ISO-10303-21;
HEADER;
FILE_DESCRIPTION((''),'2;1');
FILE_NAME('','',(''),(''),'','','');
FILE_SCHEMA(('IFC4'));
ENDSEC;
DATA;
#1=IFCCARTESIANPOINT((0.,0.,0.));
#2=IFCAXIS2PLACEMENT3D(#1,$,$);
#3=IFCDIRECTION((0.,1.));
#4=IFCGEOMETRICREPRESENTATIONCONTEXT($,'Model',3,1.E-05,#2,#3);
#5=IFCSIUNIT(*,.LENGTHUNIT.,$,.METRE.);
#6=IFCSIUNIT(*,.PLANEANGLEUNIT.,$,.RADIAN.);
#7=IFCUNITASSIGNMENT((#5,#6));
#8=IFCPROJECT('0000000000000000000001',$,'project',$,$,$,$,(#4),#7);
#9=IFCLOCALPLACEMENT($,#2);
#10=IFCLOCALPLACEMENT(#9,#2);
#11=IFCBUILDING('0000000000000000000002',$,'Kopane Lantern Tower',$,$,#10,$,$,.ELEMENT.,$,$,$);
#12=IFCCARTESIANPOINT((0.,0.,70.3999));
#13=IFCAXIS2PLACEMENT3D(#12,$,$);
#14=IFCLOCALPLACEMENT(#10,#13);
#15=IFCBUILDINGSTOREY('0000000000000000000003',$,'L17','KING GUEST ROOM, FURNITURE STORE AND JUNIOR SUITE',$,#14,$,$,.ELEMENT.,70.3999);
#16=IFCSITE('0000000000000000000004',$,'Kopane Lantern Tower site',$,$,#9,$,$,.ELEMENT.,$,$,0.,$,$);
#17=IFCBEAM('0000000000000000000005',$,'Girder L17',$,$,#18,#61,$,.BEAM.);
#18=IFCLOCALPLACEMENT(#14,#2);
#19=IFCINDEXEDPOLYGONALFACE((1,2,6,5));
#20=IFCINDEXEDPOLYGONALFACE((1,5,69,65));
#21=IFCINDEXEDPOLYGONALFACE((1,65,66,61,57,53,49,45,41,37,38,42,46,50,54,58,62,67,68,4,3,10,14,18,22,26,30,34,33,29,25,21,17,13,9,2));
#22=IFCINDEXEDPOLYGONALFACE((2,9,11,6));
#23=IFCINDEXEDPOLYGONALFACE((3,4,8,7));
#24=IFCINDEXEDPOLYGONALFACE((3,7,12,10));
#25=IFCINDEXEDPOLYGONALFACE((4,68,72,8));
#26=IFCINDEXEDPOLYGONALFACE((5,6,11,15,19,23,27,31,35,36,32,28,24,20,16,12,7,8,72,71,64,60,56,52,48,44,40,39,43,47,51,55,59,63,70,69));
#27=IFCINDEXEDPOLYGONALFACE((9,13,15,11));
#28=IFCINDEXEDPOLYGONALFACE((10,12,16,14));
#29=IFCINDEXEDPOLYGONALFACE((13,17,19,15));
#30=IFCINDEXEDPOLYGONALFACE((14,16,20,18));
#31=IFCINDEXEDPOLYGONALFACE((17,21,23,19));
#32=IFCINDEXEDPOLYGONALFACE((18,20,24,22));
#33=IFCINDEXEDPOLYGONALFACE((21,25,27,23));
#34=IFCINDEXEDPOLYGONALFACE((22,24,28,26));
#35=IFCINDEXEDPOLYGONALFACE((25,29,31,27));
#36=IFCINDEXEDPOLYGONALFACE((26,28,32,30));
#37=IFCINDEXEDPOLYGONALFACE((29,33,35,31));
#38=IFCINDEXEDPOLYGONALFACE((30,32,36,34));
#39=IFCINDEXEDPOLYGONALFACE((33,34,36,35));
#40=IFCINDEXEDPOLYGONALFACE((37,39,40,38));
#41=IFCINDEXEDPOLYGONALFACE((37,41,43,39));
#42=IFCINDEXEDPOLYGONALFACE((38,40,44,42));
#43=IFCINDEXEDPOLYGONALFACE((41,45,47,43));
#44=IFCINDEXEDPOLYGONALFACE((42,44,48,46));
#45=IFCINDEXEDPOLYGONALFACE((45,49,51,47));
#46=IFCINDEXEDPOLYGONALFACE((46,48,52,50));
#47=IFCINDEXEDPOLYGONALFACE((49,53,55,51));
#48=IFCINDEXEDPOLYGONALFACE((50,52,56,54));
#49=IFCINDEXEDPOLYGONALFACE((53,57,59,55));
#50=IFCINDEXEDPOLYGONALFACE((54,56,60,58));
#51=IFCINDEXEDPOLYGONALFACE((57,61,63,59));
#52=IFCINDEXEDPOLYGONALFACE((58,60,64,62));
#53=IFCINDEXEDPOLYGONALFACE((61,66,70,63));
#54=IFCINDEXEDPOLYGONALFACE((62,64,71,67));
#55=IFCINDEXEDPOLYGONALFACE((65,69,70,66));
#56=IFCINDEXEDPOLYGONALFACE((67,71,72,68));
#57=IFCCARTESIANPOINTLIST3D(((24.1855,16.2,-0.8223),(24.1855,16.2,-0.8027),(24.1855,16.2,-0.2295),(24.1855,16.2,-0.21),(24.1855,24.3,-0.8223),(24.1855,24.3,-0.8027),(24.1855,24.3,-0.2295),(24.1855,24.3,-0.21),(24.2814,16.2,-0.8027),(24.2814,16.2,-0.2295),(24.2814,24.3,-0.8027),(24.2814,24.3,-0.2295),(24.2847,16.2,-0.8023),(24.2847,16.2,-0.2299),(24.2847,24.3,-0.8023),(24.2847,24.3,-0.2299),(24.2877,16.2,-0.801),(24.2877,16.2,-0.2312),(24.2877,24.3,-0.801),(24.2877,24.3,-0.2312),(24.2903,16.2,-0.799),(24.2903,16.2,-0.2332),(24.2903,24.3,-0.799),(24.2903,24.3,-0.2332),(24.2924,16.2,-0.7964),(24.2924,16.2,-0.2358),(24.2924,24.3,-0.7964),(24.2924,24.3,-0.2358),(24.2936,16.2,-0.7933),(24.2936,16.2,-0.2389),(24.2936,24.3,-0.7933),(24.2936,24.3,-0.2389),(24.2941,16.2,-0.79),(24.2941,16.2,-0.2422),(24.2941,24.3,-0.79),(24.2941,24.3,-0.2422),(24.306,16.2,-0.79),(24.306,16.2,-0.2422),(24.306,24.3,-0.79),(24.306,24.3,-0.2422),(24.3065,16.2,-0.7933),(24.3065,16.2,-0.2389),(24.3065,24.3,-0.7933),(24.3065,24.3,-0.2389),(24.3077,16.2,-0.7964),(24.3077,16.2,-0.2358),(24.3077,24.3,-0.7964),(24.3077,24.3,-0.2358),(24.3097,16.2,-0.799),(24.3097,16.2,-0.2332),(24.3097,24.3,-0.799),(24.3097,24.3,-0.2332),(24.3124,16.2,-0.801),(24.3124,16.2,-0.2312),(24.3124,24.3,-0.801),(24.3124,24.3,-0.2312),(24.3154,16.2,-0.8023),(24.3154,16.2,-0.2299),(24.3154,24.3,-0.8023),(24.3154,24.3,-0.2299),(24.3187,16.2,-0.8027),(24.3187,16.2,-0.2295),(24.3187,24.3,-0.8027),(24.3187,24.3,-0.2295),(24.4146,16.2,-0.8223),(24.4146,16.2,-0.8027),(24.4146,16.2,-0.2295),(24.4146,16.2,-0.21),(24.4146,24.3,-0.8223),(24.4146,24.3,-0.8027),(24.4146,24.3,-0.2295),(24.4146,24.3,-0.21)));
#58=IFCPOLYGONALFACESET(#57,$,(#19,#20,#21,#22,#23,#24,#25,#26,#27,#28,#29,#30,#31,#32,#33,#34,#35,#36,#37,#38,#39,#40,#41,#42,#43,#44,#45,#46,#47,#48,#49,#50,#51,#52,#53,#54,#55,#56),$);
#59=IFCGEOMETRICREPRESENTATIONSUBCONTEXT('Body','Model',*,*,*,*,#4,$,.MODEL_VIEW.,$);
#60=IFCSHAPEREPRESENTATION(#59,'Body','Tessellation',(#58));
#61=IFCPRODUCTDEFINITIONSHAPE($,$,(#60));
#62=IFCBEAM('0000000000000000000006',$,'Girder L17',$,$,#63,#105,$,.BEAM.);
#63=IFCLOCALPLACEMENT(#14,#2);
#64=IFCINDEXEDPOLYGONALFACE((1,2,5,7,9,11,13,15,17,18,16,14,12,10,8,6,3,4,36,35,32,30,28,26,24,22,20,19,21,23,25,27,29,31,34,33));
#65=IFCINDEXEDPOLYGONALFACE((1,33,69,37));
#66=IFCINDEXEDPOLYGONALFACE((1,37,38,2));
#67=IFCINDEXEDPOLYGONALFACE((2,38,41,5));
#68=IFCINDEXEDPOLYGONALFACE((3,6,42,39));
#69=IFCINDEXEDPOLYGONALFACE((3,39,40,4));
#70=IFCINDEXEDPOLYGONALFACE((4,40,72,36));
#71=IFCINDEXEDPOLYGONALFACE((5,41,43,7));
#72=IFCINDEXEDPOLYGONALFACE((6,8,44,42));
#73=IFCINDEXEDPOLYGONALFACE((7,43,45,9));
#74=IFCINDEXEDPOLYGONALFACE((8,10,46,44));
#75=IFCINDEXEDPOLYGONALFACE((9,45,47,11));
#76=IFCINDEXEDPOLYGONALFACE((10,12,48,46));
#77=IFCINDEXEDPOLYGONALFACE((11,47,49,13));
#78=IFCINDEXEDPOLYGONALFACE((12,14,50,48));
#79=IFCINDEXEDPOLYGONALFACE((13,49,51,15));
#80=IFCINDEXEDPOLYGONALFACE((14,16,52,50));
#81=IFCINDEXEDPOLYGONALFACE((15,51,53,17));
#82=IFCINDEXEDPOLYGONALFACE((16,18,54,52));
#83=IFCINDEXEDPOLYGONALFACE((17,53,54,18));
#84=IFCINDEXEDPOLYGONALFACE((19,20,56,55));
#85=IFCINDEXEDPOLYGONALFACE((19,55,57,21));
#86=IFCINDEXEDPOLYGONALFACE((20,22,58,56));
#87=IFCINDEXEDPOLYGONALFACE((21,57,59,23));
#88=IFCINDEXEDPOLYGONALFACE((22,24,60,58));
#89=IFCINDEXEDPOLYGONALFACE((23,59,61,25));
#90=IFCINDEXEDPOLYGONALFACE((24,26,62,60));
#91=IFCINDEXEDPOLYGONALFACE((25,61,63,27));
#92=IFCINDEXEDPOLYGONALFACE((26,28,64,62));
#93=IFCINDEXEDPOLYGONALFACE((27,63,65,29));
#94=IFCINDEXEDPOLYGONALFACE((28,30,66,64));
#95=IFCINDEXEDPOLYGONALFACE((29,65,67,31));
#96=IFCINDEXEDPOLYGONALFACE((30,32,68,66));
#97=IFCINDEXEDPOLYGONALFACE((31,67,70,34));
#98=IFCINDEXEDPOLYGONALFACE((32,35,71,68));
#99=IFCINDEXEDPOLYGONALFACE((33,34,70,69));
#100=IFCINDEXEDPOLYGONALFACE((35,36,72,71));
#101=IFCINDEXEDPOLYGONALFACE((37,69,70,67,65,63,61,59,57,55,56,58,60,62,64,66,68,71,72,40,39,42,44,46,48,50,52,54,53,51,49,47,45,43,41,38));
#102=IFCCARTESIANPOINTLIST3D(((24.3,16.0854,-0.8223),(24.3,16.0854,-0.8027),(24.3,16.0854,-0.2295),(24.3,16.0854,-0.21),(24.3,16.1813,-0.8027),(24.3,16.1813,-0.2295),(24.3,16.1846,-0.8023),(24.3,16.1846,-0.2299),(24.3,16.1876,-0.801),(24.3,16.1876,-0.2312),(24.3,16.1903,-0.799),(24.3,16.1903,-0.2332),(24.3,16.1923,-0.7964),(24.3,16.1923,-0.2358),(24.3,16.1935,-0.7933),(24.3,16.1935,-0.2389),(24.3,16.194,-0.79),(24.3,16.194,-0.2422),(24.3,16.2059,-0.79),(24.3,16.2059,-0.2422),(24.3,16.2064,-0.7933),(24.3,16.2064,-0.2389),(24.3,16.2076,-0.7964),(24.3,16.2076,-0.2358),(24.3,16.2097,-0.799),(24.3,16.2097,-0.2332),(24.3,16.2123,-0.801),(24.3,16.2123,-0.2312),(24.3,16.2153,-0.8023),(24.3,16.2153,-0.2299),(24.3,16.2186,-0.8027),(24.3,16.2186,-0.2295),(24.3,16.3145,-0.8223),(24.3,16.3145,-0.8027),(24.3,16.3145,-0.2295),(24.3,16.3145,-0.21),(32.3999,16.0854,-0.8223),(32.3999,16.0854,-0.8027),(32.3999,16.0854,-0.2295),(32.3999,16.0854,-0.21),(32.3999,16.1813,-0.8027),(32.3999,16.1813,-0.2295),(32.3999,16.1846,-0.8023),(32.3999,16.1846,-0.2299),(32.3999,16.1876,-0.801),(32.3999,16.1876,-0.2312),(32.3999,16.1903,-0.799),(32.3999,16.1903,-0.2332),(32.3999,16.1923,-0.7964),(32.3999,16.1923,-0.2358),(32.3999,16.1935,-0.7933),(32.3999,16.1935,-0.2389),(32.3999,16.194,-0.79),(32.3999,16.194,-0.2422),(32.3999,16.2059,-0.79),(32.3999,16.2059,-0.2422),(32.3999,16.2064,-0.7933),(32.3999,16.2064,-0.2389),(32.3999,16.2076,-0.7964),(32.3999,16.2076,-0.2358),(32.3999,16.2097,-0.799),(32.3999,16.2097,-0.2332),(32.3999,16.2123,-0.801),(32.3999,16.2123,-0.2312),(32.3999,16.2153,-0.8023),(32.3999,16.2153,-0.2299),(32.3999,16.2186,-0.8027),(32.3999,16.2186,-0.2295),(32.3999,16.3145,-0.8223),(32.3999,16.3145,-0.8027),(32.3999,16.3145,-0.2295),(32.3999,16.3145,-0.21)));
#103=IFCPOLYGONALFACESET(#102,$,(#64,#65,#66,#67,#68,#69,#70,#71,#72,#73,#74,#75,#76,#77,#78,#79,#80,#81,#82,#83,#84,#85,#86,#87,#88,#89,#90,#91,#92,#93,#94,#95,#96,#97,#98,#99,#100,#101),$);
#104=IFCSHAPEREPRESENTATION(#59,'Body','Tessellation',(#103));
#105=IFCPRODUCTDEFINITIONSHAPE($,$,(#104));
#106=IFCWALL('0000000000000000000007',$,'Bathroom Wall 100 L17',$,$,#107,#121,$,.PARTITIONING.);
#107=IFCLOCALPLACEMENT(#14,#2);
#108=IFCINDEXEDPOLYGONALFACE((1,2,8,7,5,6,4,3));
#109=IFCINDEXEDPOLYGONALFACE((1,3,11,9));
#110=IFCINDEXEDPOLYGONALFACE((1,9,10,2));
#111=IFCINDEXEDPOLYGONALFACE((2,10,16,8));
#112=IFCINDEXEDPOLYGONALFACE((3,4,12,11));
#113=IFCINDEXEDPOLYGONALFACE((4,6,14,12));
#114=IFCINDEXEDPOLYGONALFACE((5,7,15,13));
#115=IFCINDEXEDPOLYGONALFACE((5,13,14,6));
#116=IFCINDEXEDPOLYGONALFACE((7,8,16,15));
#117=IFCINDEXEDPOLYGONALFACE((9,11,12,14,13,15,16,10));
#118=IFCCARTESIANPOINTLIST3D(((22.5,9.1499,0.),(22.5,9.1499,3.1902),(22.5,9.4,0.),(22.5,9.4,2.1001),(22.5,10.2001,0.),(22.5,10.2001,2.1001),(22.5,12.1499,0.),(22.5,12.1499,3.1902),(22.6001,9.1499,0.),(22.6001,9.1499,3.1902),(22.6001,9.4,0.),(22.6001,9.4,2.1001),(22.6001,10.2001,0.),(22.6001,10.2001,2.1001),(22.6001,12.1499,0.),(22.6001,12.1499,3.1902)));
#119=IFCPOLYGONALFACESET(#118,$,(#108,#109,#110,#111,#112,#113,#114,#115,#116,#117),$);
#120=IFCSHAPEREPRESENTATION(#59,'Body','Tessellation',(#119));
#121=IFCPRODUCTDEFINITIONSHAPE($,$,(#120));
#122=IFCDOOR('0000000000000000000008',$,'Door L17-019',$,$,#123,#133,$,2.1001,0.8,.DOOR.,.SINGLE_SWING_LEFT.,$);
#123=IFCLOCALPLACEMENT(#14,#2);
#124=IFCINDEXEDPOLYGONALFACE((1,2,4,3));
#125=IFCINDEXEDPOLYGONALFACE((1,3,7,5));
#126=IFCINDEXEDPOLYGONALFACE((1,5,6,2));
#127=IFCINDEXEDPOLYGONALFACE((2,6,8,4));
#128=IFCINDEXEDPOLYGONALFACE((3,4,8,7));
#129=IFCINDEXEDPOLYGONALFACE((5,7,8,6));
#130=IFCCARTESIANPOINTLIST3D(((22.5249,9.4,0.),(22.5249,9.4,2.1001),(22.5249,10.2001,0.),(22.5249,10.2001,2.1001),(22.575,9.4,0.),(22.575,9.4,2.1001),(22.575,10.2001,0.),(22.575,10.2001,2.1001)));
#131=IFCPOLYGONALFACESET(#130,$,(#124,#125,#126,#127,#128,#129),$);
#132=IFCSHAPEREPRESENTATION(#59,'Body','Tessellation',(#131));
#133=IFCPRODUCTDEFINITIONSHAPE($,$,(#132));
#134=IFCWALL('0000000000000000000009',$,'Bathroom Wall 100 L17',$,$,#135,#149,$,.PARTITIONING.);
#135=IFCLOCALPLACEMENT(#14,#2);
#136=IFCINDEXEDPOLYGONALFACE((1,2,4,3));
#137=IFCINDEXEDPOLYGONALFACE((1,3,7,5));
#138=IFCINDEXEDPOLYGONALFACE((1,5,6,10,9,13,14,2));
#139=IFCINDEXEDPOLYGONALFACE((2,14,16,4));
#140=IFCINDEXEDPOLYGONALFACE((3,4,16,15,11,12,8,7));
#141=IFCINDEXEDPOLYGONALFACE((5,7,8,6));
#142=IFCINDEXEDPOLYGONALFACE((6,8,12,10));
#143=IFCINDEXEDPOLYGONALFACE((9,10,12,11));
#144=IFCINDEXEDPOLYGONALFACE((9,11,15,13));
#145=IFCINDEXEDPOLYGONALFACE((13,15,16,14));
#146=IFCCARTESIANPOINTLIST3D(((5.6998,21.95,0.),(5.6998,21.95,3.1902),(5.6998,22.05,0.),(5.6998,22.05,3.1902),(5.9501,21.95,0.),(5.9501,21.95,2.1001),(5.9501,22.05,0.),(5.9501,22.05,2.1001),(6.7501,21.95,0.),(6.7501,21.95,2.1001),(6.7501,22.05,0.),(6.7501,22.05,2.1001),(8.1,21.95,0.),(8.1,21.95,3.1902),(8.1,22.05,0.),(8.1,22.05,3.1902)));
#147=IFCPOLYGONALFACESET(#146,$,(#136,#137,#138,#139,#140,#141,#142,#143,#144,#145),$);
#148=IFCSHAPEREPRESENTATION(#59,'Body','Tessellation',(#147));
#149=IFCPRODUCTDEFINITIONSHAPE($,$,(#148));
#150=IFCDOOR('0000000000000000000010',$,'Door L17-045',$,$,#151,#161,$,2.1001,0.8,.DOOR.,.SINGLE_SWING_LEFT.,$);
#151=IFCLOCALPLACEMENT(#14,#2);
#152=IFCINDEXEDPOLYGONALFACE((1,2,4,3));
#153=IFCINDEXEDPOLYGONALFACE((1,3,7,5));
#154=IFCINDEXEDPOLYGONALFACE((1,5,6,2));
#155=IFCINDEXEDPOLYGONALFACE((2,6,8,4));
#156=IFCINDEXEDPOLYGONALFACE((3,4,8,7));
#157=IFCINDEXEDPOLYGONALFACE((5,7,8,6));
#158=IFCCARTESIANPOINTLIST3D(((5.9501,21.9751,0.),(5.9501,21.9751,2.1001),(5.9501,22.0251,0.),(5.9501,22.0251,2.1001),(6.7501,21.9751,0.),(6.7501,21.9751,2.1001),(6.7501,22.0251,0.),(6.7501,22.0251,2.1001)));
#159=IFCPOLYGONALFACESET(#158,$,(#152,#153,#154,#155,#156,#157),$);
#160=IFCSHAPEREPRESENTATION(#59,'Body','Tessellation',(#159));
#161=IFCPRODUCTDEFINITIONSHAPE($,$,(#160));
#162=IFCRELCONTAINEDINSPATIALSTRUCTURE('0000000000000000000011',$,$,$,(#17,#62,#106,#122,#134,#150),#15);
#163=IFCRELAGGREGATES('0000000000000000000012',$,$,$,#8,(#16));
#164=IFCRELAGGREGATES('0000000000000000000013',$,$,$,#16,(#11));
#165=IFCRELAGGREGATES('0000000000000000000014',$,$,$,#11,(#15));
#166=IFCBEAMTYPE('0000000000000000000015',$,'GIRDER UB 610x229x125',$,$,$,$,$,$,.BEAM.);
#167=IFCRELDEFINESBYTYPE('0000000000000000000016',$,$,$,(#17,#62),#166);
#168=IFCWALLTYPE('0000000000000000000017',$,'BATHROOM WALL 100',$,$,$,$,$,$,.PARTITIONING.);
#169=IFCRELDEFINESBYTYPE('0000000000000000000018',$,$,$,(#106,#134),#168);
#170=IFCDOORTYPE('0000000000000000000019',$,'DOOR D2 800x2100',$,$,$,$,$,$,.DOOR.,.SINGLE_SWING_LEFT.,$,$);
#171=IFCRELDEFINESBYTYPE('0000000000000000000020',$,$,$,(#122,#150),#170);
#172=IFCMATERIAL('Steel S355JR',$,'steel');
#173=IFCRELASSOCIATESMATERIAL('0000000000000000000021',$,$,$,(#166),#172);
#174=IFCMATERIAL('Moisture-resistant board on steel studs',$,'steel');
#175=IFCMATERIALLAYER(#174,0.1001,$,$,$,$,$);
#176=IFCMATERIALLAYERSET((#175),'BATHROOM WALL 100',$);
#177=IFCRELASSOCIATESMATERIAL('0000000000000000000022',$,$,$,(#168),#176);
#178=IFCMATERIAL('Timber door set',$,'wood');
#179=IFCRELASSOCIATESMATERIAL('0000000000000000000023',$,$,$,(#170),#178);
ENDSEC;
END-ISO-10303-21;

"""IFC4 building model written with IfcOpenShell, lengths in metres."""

from ifc_helpers import new_model, si_unit, direction, frame, frame_2d, origin, origin_2d, place, context, subcontext, project, spatial, rectangle, i_section, extrude, material, layer, layer_set, material_profile, profile_set, type_object, element, fill, save


model = new_model("IFC4")

# Units and contexts
model_context = context("Model", 3, precision=1e-05, world=origin(), true_north=direction((0.0, 1.0)))
body_context = subcontext(model_context, "Body", "Model", "MODEL_VIEW")
ifc_project = project(units=[si_unit("LENGTHUNIT", "METRE"), si_unit("PLANEANGLEUNIT", "RADIAN")], contexts=[model_context])

# Site, building, storey
site_placement = place(None, origin())
site = spatial("IfcSite", under=ifc_project, at=site_placement, Name="Kopane Lantern Tower site", CompositionType="ELEMENT", RefElevation=0.0)
building_placement = place(site_placement, origin())
building = spatial("IfcBuilding", under=site, at=building_placement, Name="Kopane Lantern Tower", CompositionType="ELEMENT")
storey_placement = place(building_placement, frame((0.0, 0.0, 70.3999)))
storey = spatial("IfcBuildingStorey", under=building, at=storey_placement, Name="L17", Description="KING GUEST ROOM, FURNITURE STORE AND JUNIOR SUITE", CompositionType="ELEMENT", Elevation=70.3999)

# Beams
ifc_material_1 = material(Name="Steel S355JR", Category="steel")
ifc_material_profile_1 = material_profile(ifc_material_1, i_section(OverallWidth=0.229, OverallDepth=0.6123, WebThickness=0.012, FlangeThickness=0.0195, FilletRadius=0.0127, at=origin_2d()), Name="UB 610x229x125")
ifc_profile_set_1 = profile_set([ifc_material_profile_1], Name="Steel S355JR")
beam_type = type_object("IfcBeamType", Name="GIRDER UB 610x229x125", PredefinedType="BEAM", material=ifc_profile_set_1)
for number, where, z_axis, x_axis, name in (
    (1, (24.3, 16.2, -0.5161), (0.0, 1.0, 0.0), (-1.0, 0.0, 0.0), "Girder L17"),
):
    element("IfcBeam", number, at=place(storey_placement, frame(where, z_axis=z_axis, x_axis=x_axis)), inside=storey, type_object=beam_type, Name=name, PredefinedType="BEAM", context=body_context, shape_type="SweptSolid", body=[
        extrude(i_section(OverallWidth=0.229, OverallDepth=0.6123, WebThickness=0.012, FlangeThickness=0.0195, FilletRadius=0.0127, at=origin_2d()), origin(), (0.0, 0.0, 1.0), 8.1001),
    ])
beam_1_placement = place(storey_placement, frame((24.3, 16.2, -0.5161), z_axis=(1.0, 0.0, 0.0), x_axis=(0.0, 1.0, 0.0)))
element("IfcBeam", 2, at=beam_1_placement, inside=storey, type_object=beam_type, Name="Girder L17", PredefinedType="BEAM", context=body_context, shape_type="SweptSolid", body=[
    extrude(i_section(OverallWidth=0.229, OverallDepth=0.6123, WebThickness=0.012, FlangeThickness=0.0195, FilletRadius=0.0127, at=origin_2d()), origin(), (0.0, 0.0, 1.0), 8.0999),
])

# Walls, openings, doors
ifc_material_2 = material(Name="Moisture-resistant board on steel studs", Category="steel")
ifc_layer_1 = layer(ifc_material_2, 0.1001)
ifc_layer_set_1 = layer_set([ifc_layer_1], Name="BATHROOM WALL 100")
wall_type_1 = type_object("IfcWallType", Name="BATHROOM WALL 100", PredefinedType="PARTITIONING", material=ifc_layer_set_1)
wall_1_placement = place(storey_placement, frame((22.55, 12.1499, 0.0), z_axis=(0.0, 0.0, 1.0), x_axis=(0.0, -1.0, 0.0)))
wall_1 = element("IfcWall", 3, at=wall_1_placement, inside=storey, type_object=wall_type_1, Name="Bathroom Wall 100 L17", PredefinedType="PARTITIONING", context=body_context, shape_type="SweptSolid", body=[
    extrude(rectangle(XDim=3.0, YDim=0.1001, at=frame_2d((1.5, 0.0))), origin(), (0.0, 0.0, 1.0), 3.1902),
])
opening_1_placement = place(wall_1_placement, frame((1.95, 0.0, 0.0)))
opening_1 = element("IfcOpeningElement", 4, at=opening_1_placement, cuts=wall_1, PredefinedType="OPENING", context=body_context, shape_type="SweptSolid", body=[
    extrude(rectangle(XDim=0.8, YDim=2.1001, at=frame_2d((0.3999, 1.05))), frame((0.0, 0.0601, 0.0), z_axis=(0.0, -1.0, 0.0), x_axis=(1.0, 0.0, 0.0)), (0.0, 0.0, 1.0), 0.1201),
])
ifc_material_3 = material(Name="Timber door set", Category="wood")
door_type_1 = type_object("IfcDoorType", Name="DOOR D2 800x2100", OperationType="SINGLE_SWING_LEFT", PredefinedType="DOOR", material=ifc_material_3)
door_1_placement = place(opening_1_placement, origin())
door_1 = element("IfcDoor", 5, at=door_1_placement, inside=storey, type_object=door_type_1, Name="Door L17-019", OperationType="SINGLE_SWING_LEFT", OverallHeight=2.1001, OverallWidth=0.8, PredefinedType="DOOR", context=body_context, shape_type="SweptSolid", body=[
    extrude(rectangle(XDim=0.8, YDim=2.1001, at=frame_2d((0.3999, 1.05))), frame((0.0, 0.0249, 0.0), z_axis=(0.0, -1.0, 0.0), x_axis=(1.0, 0.0, 0.0)), (0.0, 0.0, 1.0), 0.05),
])
fill(opening_1, door_1)
wall_2_placement = place(storey_placement, frame((8.1001, 22.0, 0.0), z_axis=(0.0, 0.0, 1.0), x_axis=(-1.0, 0.0, 0.0)))
wall_2 = element("IfcWall", 6, at=wall_2_placement, inside=storey, type_object=wall_type_1, Name="Bathroom Wall 100 L17", PredefinedType="PARTITIONING", context=body_context, shape_type="SweptSolid", body=[
    extrude(rectangle(XDim=2.4001, YDim=0.1001, at=frame_2d((1.2002, 0.0))), origin(), (0.0, 0.0, 1.0), 3.1902),
])
opening_2_placement = place(wall_2_placement, frame((1.3501, 0.0, 0.0)))
opening_2 = element("IfcOpeningElement", 7, at=opening_2_placement, cuts=wall_2, PredefinedType="OPENING", context=body_context, shape_type="SweptSolid", body=[
    extrude(rectangle(XDim=0.8, YDim=2.1001, at=frame_2d((0.3999, 1.05))), frame((0.0, 0.0601, 0.0), z_axis=(0.0, -1.0, 0.0), x_axis=(1.0, 0.0, 0.0)), (0.0, 0.0, 1.0), 0.1201),
])
door_2_placement = place(opening_2_placement, origin())
door_2 = element("IfcDoor", 8, at=door_2_placement, inside=storey, type_object=door_type_1, Name="Door L17-045", OperationType="SINGLE_SWING_LEFT", OverallHeight=2.1001, OverallWidth=0.8, PredefinedType="DOOR", context=body_context, shape_type="SweptSolid", body=[
    extrude(rectangle(XDim=0.8, YDim=2.1001, at=frame_2d((0.3999, 1.05))), frame((0.0, 0.0249, 0.0), z_axis=(0.0, -1.0, 0.0), x_axis=(1.0, 0.0, 0.0)), (0.0, 0.0, 1.0), 0.05),
])
fill(opening_2, door_2)

save(model, "model.ifc")
